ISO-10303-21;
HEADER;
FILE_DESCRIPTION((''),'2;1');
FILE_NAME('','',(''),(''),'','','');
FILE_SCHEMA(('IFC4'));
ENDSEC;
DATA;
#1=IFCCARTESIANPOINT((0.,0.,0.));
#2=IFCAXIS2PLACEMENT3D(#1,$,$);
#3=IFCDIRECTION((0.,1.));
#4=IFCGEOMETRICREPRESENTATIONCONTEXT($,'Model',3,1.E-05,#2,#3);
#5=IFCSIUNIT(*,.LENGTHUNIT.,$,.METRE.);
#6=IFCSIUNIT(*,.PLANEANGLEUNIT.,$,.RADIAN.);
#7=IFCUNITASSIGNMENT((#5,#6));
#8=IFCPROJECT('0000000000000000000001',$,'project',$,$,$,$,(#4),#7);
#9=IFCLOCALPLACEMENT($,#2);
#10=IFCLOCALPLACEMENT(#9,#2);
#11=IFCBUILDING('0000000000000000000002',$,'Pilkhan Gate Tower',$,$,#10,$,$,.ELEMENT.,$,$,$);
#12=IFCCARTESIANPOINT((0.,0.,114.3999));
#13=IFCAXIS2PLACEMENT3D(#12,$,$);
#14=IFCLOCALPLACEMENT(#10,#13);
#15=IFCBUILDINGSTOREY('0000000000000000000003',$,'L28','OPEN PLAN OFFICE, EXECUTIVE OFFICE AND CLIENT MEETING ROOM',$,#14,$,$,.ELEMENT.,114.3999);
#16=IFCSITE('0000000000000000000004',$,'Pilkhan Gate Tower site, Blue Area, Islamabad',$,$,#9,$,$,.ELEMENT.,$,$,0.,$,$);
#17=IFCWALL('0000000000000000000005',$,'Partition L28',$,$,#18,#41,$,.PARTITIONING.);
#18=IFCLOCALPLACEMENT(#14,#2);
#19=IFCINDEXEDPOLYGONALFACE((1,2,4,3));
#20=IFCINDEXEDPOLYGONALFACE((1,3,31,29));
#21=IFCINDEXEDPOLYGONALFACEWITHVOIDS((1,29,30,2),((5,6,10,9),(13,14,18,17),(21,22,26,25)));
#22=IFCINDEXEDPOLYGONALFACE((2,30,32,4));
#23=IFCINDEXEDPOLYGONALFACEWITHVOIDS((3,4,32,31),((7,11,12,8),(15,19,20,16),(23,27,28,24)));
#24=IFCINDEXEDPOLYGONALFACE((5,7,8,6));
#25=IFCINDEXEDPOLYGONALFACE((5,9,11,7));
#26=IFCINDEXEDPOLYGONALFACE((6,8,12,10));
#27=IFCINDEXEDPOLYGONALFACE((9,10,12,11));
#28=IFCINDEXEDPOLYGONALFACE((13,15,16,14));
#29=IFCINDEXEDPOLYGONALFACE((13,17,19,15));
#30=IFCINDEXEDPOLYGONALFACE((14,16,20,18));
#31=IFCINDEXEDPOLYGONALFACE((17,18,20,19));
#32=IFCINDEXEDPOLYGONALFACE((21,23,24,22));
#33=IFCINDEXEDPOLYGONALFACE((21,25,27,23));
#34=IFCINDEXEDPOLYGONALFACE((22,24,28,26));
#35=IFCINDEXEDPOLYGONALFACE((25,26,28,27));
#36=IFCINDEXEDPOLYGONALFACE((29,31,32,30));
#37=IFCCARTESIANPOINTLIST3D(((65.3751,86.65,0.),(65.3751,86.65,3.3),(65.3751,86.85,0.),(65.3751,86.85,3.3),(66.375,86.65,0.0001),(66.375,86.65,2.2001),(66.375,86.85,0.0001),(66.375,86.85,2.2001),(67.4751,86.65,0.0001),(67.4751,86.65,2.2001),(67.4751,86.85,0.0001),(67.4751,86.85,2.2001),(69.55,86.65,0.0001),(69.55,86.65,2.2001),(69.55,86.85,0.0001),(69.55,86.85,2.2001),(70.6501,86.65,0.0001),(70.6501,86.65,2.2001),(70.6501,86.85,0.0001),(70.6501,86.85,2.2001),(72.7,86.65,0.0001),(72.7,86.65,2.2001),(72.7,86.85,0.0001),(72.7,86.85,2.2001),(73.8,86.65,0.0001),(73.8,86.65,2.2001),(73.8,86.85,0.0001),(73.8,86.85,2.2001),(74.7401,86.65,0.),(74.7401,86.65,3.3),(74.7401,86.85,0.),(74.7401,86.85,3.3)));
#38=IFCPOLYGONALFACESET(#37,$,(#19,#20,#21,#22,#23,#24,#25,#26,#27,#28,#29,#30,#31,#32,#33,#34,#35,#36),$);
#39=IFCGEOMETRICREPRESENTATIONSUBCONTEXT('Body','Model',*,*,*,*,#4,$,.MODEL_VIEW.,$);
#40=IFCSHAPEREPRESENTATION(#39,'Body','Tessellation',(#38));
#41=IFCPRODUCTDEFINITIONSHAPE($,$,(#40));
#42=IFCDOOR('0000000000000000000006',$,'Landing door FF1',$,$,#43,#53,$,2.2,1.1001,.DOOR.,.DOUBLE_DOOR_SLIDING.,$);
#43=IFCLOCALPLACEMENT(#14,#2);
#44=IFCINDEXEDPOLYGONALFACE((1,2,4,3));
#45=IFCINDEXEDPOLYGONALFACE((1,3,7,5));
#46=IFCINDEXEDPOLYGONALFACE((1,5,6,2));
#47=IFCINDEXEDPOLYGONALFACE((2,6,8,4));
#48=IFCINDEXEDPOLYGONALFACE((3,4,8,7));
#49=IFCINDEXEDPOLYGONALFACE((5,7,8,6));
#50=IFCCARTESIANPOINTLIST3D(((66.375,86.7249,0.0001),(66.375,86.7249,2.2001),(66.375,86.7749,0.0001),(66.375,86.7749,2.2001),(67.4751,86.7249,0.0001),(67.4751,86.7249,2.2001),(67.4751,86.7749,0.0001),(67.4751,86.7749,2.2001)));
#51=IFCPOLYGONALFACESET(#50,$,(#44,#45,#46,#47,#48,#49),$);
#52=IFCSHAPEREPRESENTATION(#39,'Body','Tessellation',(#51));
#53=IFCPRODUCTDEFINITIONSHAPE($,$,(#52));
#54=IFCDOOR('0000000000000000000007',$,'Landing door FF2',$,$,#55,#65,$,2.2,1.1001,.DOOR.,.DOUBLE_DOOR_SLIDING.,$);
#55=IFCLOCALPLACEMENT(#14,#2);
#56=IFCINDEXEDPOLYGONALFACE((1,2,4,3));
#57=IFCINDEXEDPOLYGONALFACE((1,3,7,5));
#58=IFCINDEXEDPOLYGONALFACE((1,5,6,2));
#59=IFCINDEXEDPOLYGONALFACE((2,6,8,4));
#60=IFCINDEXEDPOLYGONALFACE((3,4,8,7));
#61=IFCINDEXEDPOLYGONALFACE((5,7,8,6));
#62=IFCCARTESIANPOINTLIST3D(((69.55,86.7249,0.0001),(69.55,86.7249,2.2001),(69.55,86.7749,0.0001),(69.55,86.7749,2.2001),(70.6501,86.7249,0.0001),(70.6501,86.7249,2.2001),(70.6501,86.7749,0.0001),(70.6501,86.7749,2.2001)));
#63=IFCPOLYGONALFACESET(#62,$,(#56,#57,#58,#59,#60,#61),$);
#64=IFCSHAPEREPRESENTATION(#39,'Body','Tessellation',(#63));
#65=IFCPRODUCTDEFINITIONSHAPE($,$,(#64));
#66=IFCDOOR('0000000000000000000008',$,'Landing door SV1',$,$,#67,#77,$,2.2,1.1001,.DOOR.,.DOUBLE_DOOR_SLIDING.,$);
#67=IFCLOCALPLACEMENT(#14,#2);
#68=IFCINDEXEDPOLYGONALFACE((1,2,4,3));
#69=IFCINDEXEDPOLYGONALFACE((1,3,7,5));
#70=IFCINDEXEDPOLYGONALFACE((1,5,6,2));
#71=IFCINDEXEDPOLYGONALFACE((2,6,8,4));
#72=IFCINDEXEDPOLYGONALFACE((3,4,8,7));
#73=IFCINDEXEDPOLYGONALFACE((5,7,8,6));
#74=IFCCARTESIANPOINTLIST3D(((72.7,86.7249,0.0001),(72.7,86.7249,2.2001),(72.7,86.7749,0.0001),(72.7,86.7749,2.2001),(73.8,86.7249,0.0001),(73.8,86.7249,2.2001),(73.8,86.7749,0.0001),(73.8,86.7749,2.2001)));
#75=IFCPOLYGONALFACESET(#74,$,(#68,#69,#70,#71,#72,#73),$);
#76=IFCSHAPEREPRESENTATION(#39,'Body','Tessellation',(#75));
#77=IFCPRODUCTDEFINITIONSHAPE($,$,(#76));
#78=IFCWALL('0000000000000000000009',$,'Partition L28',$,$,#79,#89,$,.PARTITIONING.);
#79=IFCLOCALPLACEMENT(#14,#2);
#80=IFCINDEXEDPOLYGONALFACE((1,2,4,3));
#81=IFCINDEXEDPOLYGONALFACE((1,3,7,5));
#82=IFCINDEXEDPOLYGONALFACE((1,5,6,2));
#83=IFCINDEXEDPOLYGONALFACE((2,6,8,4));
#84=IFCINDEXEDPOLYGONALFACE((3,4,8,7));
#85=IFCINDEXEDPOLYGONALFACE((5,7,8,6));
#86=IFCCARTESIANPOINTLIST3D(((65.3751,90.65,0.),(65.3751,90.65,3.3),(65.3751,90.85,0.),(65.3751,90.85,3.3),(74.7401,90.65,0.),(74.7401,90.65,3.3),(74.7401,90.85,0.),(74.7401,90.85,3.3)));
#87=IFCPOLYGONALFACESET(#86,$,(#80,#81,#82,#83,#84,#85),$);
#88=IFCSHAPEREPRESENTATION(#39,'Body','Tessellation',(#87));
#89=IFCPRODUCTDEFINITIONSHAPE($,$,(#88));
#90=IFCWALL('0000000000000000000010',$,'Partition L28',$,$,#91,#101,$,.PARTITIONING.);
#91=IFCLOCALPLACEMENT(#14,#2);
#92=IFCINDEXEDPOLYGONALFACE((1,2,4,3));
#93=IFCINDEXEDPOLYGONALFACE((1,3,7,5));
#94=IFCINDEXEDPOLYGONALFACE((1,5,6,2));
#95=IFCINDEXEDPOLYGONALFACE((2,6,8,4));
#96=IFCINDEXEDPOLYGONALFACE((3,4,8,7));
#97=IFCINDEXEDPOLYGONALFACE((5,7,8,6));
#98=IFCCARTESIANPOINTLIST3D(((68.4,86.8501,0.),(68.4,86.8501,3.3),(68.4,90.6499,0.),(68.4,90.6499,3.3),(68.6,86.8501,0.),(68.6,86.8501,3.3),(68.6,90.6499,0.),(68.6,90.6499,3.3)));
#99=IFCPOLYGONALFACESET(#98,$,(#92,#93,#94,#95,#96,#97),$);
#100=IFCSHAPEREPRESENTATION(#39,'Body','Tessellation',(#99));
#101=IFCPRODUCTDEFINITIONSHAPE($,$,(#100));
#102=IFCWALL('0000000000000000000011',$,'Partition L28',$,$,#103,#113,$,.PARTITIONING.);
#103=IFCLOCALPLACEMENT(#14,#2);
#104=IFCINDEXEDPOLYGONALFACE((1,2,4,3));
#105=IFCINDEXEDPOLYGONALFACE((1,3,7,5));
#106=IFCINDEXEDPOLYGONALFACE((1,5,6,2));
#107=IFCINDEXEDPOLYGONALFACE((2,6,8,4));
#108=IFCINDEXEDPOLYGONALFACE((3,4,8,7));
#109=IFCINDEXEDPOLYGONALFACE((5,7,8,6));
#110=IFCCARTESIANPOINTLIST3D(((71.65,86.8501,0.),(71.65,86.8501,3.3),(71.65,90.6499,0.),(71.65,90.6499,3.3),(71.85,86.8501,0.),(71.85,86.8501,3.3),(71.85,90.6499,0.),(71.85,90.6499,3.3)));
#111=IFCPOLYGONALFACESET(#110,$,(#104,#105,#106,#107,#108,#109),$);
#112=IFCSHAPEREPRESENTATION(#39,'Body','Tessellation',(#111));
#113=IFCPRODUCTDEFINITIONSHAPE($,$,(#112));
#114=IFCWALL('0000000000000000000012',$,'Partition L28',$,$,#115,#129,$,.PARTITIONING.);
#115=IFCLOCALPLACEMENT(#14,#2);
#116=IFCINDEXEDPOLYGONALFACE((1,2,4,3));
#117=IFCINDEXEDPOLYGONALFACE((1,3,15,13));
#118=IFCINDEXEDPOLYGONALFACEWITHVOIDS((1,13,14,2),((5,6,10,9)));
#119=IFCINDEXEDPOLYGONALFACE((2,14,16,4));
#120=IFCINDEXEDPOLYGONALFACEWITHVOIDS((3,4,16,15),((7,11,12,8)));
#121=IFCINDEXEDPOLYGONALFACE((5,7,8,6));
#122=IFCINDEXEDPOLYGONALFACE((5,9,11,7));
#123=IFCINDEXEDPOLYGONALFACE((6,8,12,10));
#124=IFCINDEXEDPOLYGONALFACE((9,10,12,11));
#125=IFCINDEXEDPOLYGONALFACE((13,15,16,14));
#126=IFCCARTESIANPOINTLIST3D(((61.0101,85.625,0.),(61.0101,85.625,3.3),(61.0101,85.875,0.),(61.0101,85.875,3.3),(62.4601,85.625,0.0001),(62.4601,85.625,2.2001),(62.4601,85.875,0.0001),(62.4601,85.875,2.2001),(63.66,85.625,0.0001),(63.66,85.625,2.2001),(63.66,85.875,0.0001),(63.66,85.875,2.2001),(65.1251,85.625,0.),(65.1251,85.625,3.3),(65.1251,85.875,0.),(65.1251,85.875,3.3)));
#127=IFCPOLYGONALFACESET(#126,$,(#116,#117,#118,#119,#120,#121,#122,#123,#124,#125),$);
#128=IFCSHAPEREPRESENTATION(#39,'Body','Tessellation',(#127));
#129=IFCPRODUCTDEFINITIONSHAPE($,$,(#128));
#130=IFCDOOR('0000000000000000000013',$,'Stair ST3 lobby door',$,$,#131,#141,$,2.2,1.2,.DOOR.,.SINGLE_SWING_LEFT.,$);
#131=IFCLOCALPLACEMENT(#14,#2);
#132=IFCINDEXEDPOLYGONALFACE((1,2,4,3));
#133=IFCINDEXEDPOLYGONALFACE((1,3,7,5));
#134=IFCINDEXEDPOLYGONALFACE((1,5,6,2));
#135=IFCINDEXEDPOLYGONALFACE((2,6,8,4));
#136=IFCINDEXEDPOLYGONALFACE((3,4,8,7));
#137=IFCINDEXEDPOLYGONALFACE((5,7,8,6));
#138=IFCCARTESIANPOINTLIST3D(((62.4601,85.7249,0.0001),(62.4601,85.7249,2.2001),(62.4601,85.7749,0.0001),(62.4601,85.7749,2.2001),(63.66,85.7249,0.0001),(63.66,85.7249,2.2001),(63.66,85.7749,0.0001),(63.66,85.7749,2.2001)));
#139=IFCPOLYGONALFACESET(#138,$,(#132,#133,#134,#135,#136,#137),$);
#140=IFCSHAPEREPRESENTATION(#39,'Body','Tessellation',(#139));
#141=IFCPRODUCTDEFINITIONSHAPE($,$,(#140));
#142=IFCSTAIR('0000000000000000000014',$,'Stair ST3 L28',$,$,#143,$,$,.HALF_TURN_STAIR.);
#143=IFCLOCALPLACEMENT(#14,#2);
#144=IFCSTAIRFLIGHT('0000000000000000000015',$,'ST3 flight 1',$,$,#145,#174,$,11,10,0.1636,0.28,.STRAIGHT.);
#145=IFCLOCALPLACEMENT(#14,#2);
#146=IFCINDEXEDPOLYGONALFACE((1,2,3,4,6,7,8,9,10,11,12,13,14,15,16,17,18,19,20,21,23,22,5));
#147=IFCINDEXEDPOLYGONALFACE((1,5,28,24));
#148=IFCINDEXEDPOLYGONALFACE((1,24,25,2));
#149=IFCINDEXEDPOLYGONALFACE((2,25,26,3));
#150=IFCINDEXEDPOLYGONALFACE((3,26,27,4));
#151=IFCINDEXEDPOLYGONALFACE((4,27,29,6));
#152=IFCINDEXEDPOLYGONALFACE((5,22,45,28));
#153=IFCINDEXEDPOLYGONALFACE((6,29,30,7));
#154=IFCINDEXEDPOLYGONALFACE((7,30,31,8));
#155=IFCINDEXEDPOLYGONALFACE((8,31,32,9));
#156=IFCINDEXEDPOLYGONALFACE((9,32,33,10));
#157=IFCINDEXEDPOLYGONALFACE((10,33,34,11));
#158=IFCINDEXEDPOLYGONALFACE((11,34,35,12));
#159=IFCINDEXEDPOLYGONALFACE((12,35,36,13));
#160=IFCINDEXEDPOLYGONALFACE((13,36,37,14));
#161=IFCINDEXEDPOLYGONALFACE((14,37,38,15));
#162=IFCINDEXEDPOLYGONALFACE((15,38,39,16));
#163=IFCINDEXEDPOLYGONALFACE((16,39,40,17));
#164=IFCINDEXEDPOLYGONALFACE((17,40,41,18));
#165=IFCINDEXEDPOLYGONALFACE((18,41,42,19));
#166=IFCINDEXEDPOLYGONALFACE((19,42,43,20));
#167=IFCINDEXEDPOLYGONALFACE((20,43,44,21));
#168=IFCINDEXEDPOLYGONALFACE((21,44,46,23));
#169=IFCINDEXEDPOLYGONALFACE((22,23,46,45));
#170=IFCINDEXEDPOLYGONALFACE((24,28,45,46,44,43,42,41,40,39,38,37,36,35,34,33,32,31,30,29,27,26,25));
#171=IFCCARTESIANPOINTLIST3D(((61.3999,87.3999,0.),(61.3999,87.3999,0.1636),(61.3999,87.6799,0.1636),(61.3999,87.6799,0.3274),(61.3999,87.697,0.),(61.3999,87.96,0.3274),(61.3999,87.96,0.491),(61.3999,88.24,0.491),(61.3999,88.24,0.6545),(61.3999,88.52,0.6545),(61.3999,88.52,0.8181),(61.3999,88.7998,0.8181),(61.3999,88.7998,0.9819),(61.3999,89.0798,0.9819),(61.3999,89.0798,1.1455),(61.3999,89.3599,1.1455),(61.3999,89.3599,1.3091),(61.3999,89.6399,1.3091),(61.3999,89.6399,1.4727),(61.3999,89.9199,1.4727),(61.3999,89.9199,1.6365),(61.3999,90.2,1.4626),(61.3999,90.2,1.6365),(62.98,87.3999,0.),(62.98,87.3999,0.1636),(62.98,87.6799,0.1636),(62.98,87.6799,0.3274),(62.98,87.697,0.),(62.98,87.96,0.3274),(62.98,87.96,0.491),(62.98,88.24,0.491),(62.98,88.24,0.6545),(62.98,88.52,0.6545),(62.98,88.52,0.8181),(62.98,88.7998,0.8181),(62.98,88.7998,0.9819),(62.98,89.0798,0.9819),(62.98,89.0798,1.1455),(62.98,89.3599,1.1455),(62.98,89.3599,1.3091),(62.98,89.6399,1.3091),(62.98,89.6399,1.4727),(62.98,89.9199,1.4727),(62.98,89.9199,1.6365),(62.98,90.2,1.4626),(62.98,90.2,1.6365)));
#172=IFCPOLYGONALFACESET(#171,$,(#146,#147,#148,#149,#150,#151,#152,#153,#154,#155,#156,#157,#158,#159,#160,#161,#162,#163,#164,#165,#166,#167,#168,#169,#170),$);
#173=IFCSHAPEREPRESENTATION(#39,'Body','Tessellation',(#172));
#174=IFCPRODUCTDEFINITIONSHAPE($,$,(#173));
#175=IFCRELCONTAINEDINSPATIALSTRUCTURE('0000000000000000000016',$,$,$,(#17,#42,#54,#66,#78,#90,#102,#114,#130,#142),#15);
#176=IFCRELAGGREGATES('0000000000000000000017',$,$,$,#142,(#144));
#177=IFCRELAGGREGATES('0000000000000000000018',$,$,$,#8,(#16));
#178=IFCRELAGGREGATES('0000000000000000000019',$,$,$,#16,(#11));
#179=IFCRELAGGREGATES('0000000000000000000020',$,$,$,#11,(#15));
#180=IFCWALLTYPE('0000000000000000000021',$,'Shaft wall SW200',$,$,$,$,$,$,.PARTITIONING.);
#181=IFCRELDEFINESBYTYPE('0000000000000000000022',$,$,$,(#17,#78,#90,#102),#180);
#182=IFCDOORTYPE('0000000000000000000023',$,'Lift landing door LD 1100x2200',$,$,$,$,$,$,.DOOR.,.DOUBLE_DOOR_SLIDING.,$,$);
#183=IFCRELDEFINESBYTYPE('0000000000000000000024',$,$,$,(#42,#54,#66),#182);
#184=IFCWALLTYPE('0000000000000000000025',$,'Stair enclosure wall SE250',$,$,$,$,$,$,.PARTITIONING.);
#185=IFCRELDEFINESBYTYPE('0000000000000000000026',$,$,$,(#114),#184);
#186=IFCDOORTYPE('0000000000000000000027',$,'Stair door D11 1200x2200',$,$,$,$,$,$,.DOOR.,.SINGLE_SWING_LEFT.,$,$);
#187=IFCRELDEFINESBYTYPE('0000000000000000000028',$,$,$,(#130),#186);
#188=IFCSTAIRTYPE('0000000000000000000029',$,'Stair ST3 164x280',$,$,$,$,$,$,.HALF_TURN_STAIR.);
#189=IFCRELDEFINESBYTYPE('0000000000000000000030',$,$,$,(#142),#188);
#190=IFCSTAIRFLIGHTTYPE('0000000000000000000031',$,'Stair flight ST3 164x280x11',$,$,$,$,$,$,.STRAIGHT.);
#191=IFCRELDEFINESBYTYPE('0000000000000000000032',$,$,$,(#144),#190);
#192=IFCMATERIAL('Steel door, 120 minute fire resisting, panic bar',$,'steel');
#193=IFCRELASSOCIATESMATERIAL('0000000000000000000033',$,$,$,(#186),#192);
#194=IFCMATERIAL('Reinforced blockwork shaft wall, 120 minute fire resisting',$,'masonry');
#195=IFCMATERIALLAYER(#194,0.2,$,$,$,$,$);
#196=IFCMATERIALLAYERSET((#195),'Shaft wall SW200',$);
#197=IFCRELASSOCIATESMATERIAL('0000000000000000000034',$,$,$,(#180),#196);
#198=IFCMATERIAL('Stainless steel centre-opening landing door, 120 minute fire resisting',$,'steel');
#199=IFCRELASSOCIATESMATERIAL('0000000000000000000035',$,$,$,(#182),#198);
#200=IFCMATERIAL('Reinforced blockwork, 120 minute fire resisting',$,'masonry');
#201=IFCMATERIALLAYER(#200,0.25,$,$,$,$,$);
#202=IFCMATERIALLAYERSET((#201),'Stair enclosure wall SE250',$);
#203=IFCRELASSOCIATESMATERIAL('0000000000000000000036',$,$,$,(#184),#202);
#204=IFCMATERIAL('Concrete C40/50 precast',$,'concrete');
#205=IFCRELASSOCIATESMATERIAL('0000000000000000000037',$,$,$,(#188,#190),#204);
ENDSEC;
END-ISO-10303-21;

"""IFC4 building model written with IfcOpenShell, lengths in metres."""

from ifc_helpers import new_model, si_unit, direction, frame, frame_2d, origin, place, context, subcontext, project, spatial, polyline, rectangle, outline, extrude, material, layer, layer_set, type_object, element, fill, aggregate, save


model = new_model("IFC4")

# Units and contexts
model_context = context("Model", 3, precision=1e-05, world=origin(), true_north=direction((0.0, 1.0)))
body_context = subcontext(model_context, "Body", "Model", "MODEL_VIEW")
ifc_project = project(units=[si_unit("LENGTHUNIT", "METRE"), si_unit("PLANEANGLEUNIT", "RADIAN")], contexts=[model_context])

# Site, building, storey
site_placement = place(None, origin())
site = spatial("IfcSite", under=ifc_project, at=site_placement, Name="Pilkhan Gate Tower site, Blue Area, Islamabad", CompositionType="ELEMENT", RefElevation=0.0)
building_placement = place(site_placement, origin())
building = spatial("IfcBuilding", under=site, at=building_placement, Name="Pilkhan Gate Tower", CompositionType="ELEMENT")
storey_placement = place(building_placement, frame((0.0, 0.0, 114.3999)))
storey = spatial("IfcBuildingStorey", under=building, at=storey_placement, Name="L28", Description="OPEN PLAN OFFICE, EXECUTIVE OFFICE AND CLIENT MEETING ROOM", CompositionType="ELEMENT", Elevation=114.3999)

# Wall, openings, doors
ifc_material_1 = material(Name="Steel door, 120 minute fire resisting, panic bar", Category="steel")
door_type_1 = type_object("IfcDoorType", Name="Stair door D11 1200x2200", OperationType="SINGLE_SWING_LEFT", PredefinedType="DOOR", material=ifc_material_1)
ifc_material_2 = material(Name="Reinforced blockwork shaft wall, 120 minute fire resisting", Category="masonry")
ifc_layer_1 = layer(ifc_material_2, 0.2)
ifc_layer_set_1 = layer_set([ifc_layer_1], Name="Shaft wall SW200")
wall_type_1 = type_object("IfcWallType", Name="Shaft wall SW200", PredefinedType="PARTITIONING", material=ifc_layer_set_1)
wall_1_placement = place(storey_placement, frame((65.375, 86.75, 0.0), z_axis=(0.0, 0.0, 1.0), x_axis=(1.0, 0.0, 0.0)))
wall_1 = element("IfcWall", 1, at=wall_1_placement, inside=storey, type_object=wall_type_1, Name="Partition L28", PredefinedType="PARTITIONING", context=body_context, shape_type="SweptSolid", body=[
    extrude(rectangle(XDim=9.365, YDim=0.2, at=frame_2d((4.6826, 0.0))), origin(), (0.0, 0.0, 1.0), 3.3),
])
opening_1_placement = place(wall_1_placement, frame((1.0, 0.0, 0.0)))
opening_1 = element("IfcOpeningElement", 2, at=opening_1_placement, cuts=wall_1, PredefinedType="OPENING", context=body_context, shape_type="SweptSolid", body=[
    extrude(rectangle(XDim=1.1001, YDim=2.2, at=frame_2d((0.55, 1.1001))), frame((0.0, 0.1099, 0.0), z_axis=(0.0, -1.0, 0.0), x_axis=(1.0, 0.0, 0.0)), (0.0, 0.0, 1.0), 0.22),
])
opening_2_placement = place(wall_1_placement, frame((4.175, 0.0, 0.0)))
opening_2 = element("IfcOpeningElement", 3, at=opening_2_placement, cuts=wall_1, PredefinedType="OPENING", context=body_context, shape_type="SweptSolid", body=[
    extrude(rectangle(XDim=1.1001, YDim=2.2, at=frame_2d((0.55, 1.1001))), frame((0.0, 0.1099, 0.0), z_axis=(0.0, -1.0, 0.0), x_axis=(1.0, 0.0, 0.0)), (0.0, 0.0, 1.0), 0.22),
])
opening_3_placement = place(wall_1_placement, frame((7.325, 0.0, 0.0)))
opening_3 = element("IfcOpeningElement", 4, at=opening_3_placement, cuts=wall_1, PredefinedType="OPENING", context=body_context, shape_type="SweptSolid", body=[
    extrude(rectangle(XDim=1.1001, YDim=2.2, at=frame_2d((0.55, 1.1001))), frame((0.0, 0.1099, 0.0), z_axis=(0.0, -1.0, 0.0), x_axis=(1.0, 0.0, 0.0)), (0.0, 0.0, 1.0), 0.22),
])
ifc_material_3 = material(Name="Stainless steel centre-opening landing door, 120 minute fire resisting", Category="steel")
door_type_2 = type_object("IfcDoorType", Name="Lift landing door LD 1100x2200", OperationType="DOUBLE_DOOR_SLIDING", PredefinedType="DOOR", material=ifc_material_3)
door_1_placement = place(opening_1_placement, origin())
door_1 = element("IfcDoor", 5, at=door_1_placement, inside=storey, type_object=door_type_2, Name="Landing door FF1", OperationType="DOUBLE_DOOR_SLIDING", OverallHeight=2.2, OverallWidth=1.1001, PredefinedType="DOOR", context=body_context, shape_type="SweptSolid", body=[
    extrude(rectangle(XDim=1.1001, YDim=2.2, at=frame_2d((0.55, 1.1001))), frame((0.0, 0.0249, 0.0), z_axis=(0.0, -1.0, 0.0), x_axis=(1.0, 0.0, 0.0)), (0.0, 0.0, 1.0), 0.05),
])
fill(opening_1, door_1)
door_2_placement = place(opening_2_placement, origin())
door_2 = element("IfcDoor", 6, at=door_2_placement, inside=storey, type_object=door_type_2, Name="Landing door FF2", OperationType="DOUBLE_DOOR_SLIDING", OverallHeight=2.2, OverallWidth=1.1001, PredefinedType="DOOR", context=body_context, shape_type="SweptSolid", body=[
    extrude(rectangle(XDim=1.1001, YDim=2.2, at=frame_2d((0.55, 1.1001))), frame((0.0, 0.0249, 0.0), z_axis=(0.0, -1.0, 0.0), x_axis=(1.0, 0.0, 0.0)), (0.0, 0.0, 1.0), 0.05),
])
fill(opening_2, door_2)
door_3_placement = place(opening_3_placement, origin())
door_3 = element("IfcDoor", 7, at=door_3_placement, inside=storey, type_object=door_type_2, Name="Landing door SV1", OperationType="DOUBLE_DOOR_SLIDING", OverallHeight=2.2, OverallWidth=1.1001, PredefinedType="DOOR", context=body_context, shape_type="SweptSolid", body=[
    extrude(rectangle(XDim=1.1001, YDim=2.2, at=frame_2d((0.55, 1.1001))), frame((0.0, 0.0249, 0.0), z_axis=(0.0, -1.0, 0.0), x_axis=(1.0, 0.0, 0.0)), (0.0, 0.0, 1.0), 0.05),
])
fill(opening_3, door_3)

# Walls
wall_2_placement = place(storey_placement, frame((65.375, 90.75, 0.0), z_axis=(0.0, 0.0, 1.0), x_axis=(1.0, 0.0, 0.0)))
element("IfcWall", 8, at=wall_2_placement, inside=storey, type_object=wall_type_1, Name="Partition L28", PredefinedType="PARTITIONING", context=body_context, shape_type="SweptSolid", body=[
    extrude(rectangle(XDim=9.365, YDim=0.2, at=frame_2d((4.6826, 0.0))), origin(), (0.0, 0.0, 1.0), 3.3),
])
for number, where, z_axis, x_axis, name in (
    (9, (68.5, 86.8501, 0.0), (0.0, 0.0, 1.0), (0.0, 1.0, 0.0), "Partition L28"),
    (10, (71.75, 86.8501, 0.0), (0.0, 0.0, 1.0), (0.0, 1.0, 0.0), "Partition L28"),
):
    element("IfcWall", number, at=place(storey_placement, frame(where, z_axis=z_axis, x_axis=x_axis)), inside=storey, type_object=wall_type_1, Name=name, PredefinedType="PARTITIONING", context=body_context, shape_type="SweptSolid", body=[
        extrude(rectangle(XDim=3.7998, YDim=0.2, at=frame_2d((1.8999, 0.0))), origin(), (0.0, 0.0, 1.0), 3.3),
    ])

# Wall, opening, door
ifc_material_4 = material(Name="Reinforced blockwork, 120 minute fire resisting", Category="masonry")
ifc_layer_2 = layer(ifc_material_4, 0.25)
ifc_layer_set_2 = layer_set([ifc_layer_2], Name="Stair enclosure wall SE250")
wall_type_2 = type_object("IfcWallType", Name="Stair enclosure wall SE250", PredefinedType="PARTITIONING", material=ifc_layer_set_2)
wall_3_placement = place(storey_placement, frame((61.01, 85.75, 0.0), z_axis=(0.0, 0.0, 1.0), x_axis=(1.0, 0.0, 0.0)))
wall_3 = element("IfcWall", 11, at=wall_3_placement, inside=storey, type_object=wall_type_2, Name="Partition L28", PredefinedType="PARTITIONING", context=body_context, shape_type="SweptSolid", body=[
    extrude(rectangle(XDim=4.115, YDim=0.25, at=frame_2d((2.0576, 0.0))), origin(), (0.0, 0.0, 1.0), 3.3),
])
opening_4_placement = place(wall_3_placement, frame((1.45, 0.0, 0.0)))
opening_4 = element("IfcOpeningElement", 12, at=opening_4_placement, cuts=wall_3, PredefinedType="OPENING", context=body_context, shape_type="SweptSolid", body=[
    extrude(rectangle(XDim=1.2, YDim=2.2, at=frame_2d((0.6001, 1.1001))), frame((0.0, 0.135, 0.0), z_axis=(0.0, -1.0, 0.0), x_axis=(1.0, 0.0, 0.0)), (0.0, 0.0, 1.0), 0.27),
])
door_4_placement = place(opening_4_placement, origin())
door_4 = element("IfcDoor", 13, at=door_4_placement, inside=storey, type_object=door_type_1, Name="Stair ST3 lobby door", OperationType="SINGLE_SWING_LEFT", OverallHeight=2.2, OverallWidth=1.2, PredefinedType="DOOR", context=body_context, shape_type="SweptSolid", body=[
    extrude(rectangle(XDim=1.2, YDim=2.2, at=frame_2d((0.6001, 1.1001))), frame((0.0, 0.0249, 0.0), z_axis=(0.0, -1.0, 0.0), x_axis=(1.0, 0.0, 0.0)), (0.0, 0.0, 1.0), 0.05),
])
fill(opening_4, door_4)

# Stair, stair flight
ifc_material_5 = material(Name="Concrete C40/50 precast", Category="concrete")
stair_type = type_object("IfcStairType", Name="Stair ST3 164x280", PredefinedType="HALF_TURN_STAIR", material=ifc_material_5)
stair_placement = place(storey_placement, origin())
stair = element("IfcStair", 14, at=stair_placement, inside=storey, type_object=stair_type, Name="Stair ST3 L28", PredefinedType="HALF_TURN_STAIR")
stair_flight_type = type_object("IfcStairFlightType", Name="Stair flight ST3 164x280x11", PredefinedType="STRAIGHT", material=ifc_material_5)
stair_flight_1_placement = place(storey_placement, frame((62.1899, 87.3999, 0.0), z_axis=(0.0, 0.0, 1.0), x_axis=(0.0, 1.0, 0.0)))
stair_flight_1 = element("IfcStairFlight", 15, at=stair_flight_1_placement, type_object=stair_flight_type, Name="ST3 flight 1", NumberOfRisers=11, NumberOfTreads=10, PredefinedType="STRAIGHT", RiserHeight=0.1636, TreadLength=0.28, context=body_context, shape_type="SweptSolid", body=[
    extrude(outline(polyline([(0.0, 0.0), (0.0, 0.1636), (0.28, 0.1636), (0.28, 0.3274), (0.5601, 0.3274), (0.5601, 0.491), (0.8401, 0.491), (0.8401, 0.6545), (1.1201, 0.6545), (1.1201, 0.8181), (1.3999, 0.8181), (1.3999, 0.9819), (1.6799, 0.9819), (1.6799, 1.1455), (1.96, 1.1455), (1.96, 1.3091), (2.24, 1.3091), (2.24, 1.4727), (2.52, 1.4727), (2.52, 1.6365), (2.8, 1.6365), (2.8, 1.8), (2.8, 1.4626), (0.2971, 0.0), (0.0, 0.0)])), frame((0.0, 0.79, 0.0), z_axis=(0.0, -1.0, 0.0), x_axis=(1.0, 0.0, 0.0)), (0.0, 0.0, 1.0), 1.5801),
])
aggregate(stair, [stair_flight_1])

save(model, "model.ifc")
